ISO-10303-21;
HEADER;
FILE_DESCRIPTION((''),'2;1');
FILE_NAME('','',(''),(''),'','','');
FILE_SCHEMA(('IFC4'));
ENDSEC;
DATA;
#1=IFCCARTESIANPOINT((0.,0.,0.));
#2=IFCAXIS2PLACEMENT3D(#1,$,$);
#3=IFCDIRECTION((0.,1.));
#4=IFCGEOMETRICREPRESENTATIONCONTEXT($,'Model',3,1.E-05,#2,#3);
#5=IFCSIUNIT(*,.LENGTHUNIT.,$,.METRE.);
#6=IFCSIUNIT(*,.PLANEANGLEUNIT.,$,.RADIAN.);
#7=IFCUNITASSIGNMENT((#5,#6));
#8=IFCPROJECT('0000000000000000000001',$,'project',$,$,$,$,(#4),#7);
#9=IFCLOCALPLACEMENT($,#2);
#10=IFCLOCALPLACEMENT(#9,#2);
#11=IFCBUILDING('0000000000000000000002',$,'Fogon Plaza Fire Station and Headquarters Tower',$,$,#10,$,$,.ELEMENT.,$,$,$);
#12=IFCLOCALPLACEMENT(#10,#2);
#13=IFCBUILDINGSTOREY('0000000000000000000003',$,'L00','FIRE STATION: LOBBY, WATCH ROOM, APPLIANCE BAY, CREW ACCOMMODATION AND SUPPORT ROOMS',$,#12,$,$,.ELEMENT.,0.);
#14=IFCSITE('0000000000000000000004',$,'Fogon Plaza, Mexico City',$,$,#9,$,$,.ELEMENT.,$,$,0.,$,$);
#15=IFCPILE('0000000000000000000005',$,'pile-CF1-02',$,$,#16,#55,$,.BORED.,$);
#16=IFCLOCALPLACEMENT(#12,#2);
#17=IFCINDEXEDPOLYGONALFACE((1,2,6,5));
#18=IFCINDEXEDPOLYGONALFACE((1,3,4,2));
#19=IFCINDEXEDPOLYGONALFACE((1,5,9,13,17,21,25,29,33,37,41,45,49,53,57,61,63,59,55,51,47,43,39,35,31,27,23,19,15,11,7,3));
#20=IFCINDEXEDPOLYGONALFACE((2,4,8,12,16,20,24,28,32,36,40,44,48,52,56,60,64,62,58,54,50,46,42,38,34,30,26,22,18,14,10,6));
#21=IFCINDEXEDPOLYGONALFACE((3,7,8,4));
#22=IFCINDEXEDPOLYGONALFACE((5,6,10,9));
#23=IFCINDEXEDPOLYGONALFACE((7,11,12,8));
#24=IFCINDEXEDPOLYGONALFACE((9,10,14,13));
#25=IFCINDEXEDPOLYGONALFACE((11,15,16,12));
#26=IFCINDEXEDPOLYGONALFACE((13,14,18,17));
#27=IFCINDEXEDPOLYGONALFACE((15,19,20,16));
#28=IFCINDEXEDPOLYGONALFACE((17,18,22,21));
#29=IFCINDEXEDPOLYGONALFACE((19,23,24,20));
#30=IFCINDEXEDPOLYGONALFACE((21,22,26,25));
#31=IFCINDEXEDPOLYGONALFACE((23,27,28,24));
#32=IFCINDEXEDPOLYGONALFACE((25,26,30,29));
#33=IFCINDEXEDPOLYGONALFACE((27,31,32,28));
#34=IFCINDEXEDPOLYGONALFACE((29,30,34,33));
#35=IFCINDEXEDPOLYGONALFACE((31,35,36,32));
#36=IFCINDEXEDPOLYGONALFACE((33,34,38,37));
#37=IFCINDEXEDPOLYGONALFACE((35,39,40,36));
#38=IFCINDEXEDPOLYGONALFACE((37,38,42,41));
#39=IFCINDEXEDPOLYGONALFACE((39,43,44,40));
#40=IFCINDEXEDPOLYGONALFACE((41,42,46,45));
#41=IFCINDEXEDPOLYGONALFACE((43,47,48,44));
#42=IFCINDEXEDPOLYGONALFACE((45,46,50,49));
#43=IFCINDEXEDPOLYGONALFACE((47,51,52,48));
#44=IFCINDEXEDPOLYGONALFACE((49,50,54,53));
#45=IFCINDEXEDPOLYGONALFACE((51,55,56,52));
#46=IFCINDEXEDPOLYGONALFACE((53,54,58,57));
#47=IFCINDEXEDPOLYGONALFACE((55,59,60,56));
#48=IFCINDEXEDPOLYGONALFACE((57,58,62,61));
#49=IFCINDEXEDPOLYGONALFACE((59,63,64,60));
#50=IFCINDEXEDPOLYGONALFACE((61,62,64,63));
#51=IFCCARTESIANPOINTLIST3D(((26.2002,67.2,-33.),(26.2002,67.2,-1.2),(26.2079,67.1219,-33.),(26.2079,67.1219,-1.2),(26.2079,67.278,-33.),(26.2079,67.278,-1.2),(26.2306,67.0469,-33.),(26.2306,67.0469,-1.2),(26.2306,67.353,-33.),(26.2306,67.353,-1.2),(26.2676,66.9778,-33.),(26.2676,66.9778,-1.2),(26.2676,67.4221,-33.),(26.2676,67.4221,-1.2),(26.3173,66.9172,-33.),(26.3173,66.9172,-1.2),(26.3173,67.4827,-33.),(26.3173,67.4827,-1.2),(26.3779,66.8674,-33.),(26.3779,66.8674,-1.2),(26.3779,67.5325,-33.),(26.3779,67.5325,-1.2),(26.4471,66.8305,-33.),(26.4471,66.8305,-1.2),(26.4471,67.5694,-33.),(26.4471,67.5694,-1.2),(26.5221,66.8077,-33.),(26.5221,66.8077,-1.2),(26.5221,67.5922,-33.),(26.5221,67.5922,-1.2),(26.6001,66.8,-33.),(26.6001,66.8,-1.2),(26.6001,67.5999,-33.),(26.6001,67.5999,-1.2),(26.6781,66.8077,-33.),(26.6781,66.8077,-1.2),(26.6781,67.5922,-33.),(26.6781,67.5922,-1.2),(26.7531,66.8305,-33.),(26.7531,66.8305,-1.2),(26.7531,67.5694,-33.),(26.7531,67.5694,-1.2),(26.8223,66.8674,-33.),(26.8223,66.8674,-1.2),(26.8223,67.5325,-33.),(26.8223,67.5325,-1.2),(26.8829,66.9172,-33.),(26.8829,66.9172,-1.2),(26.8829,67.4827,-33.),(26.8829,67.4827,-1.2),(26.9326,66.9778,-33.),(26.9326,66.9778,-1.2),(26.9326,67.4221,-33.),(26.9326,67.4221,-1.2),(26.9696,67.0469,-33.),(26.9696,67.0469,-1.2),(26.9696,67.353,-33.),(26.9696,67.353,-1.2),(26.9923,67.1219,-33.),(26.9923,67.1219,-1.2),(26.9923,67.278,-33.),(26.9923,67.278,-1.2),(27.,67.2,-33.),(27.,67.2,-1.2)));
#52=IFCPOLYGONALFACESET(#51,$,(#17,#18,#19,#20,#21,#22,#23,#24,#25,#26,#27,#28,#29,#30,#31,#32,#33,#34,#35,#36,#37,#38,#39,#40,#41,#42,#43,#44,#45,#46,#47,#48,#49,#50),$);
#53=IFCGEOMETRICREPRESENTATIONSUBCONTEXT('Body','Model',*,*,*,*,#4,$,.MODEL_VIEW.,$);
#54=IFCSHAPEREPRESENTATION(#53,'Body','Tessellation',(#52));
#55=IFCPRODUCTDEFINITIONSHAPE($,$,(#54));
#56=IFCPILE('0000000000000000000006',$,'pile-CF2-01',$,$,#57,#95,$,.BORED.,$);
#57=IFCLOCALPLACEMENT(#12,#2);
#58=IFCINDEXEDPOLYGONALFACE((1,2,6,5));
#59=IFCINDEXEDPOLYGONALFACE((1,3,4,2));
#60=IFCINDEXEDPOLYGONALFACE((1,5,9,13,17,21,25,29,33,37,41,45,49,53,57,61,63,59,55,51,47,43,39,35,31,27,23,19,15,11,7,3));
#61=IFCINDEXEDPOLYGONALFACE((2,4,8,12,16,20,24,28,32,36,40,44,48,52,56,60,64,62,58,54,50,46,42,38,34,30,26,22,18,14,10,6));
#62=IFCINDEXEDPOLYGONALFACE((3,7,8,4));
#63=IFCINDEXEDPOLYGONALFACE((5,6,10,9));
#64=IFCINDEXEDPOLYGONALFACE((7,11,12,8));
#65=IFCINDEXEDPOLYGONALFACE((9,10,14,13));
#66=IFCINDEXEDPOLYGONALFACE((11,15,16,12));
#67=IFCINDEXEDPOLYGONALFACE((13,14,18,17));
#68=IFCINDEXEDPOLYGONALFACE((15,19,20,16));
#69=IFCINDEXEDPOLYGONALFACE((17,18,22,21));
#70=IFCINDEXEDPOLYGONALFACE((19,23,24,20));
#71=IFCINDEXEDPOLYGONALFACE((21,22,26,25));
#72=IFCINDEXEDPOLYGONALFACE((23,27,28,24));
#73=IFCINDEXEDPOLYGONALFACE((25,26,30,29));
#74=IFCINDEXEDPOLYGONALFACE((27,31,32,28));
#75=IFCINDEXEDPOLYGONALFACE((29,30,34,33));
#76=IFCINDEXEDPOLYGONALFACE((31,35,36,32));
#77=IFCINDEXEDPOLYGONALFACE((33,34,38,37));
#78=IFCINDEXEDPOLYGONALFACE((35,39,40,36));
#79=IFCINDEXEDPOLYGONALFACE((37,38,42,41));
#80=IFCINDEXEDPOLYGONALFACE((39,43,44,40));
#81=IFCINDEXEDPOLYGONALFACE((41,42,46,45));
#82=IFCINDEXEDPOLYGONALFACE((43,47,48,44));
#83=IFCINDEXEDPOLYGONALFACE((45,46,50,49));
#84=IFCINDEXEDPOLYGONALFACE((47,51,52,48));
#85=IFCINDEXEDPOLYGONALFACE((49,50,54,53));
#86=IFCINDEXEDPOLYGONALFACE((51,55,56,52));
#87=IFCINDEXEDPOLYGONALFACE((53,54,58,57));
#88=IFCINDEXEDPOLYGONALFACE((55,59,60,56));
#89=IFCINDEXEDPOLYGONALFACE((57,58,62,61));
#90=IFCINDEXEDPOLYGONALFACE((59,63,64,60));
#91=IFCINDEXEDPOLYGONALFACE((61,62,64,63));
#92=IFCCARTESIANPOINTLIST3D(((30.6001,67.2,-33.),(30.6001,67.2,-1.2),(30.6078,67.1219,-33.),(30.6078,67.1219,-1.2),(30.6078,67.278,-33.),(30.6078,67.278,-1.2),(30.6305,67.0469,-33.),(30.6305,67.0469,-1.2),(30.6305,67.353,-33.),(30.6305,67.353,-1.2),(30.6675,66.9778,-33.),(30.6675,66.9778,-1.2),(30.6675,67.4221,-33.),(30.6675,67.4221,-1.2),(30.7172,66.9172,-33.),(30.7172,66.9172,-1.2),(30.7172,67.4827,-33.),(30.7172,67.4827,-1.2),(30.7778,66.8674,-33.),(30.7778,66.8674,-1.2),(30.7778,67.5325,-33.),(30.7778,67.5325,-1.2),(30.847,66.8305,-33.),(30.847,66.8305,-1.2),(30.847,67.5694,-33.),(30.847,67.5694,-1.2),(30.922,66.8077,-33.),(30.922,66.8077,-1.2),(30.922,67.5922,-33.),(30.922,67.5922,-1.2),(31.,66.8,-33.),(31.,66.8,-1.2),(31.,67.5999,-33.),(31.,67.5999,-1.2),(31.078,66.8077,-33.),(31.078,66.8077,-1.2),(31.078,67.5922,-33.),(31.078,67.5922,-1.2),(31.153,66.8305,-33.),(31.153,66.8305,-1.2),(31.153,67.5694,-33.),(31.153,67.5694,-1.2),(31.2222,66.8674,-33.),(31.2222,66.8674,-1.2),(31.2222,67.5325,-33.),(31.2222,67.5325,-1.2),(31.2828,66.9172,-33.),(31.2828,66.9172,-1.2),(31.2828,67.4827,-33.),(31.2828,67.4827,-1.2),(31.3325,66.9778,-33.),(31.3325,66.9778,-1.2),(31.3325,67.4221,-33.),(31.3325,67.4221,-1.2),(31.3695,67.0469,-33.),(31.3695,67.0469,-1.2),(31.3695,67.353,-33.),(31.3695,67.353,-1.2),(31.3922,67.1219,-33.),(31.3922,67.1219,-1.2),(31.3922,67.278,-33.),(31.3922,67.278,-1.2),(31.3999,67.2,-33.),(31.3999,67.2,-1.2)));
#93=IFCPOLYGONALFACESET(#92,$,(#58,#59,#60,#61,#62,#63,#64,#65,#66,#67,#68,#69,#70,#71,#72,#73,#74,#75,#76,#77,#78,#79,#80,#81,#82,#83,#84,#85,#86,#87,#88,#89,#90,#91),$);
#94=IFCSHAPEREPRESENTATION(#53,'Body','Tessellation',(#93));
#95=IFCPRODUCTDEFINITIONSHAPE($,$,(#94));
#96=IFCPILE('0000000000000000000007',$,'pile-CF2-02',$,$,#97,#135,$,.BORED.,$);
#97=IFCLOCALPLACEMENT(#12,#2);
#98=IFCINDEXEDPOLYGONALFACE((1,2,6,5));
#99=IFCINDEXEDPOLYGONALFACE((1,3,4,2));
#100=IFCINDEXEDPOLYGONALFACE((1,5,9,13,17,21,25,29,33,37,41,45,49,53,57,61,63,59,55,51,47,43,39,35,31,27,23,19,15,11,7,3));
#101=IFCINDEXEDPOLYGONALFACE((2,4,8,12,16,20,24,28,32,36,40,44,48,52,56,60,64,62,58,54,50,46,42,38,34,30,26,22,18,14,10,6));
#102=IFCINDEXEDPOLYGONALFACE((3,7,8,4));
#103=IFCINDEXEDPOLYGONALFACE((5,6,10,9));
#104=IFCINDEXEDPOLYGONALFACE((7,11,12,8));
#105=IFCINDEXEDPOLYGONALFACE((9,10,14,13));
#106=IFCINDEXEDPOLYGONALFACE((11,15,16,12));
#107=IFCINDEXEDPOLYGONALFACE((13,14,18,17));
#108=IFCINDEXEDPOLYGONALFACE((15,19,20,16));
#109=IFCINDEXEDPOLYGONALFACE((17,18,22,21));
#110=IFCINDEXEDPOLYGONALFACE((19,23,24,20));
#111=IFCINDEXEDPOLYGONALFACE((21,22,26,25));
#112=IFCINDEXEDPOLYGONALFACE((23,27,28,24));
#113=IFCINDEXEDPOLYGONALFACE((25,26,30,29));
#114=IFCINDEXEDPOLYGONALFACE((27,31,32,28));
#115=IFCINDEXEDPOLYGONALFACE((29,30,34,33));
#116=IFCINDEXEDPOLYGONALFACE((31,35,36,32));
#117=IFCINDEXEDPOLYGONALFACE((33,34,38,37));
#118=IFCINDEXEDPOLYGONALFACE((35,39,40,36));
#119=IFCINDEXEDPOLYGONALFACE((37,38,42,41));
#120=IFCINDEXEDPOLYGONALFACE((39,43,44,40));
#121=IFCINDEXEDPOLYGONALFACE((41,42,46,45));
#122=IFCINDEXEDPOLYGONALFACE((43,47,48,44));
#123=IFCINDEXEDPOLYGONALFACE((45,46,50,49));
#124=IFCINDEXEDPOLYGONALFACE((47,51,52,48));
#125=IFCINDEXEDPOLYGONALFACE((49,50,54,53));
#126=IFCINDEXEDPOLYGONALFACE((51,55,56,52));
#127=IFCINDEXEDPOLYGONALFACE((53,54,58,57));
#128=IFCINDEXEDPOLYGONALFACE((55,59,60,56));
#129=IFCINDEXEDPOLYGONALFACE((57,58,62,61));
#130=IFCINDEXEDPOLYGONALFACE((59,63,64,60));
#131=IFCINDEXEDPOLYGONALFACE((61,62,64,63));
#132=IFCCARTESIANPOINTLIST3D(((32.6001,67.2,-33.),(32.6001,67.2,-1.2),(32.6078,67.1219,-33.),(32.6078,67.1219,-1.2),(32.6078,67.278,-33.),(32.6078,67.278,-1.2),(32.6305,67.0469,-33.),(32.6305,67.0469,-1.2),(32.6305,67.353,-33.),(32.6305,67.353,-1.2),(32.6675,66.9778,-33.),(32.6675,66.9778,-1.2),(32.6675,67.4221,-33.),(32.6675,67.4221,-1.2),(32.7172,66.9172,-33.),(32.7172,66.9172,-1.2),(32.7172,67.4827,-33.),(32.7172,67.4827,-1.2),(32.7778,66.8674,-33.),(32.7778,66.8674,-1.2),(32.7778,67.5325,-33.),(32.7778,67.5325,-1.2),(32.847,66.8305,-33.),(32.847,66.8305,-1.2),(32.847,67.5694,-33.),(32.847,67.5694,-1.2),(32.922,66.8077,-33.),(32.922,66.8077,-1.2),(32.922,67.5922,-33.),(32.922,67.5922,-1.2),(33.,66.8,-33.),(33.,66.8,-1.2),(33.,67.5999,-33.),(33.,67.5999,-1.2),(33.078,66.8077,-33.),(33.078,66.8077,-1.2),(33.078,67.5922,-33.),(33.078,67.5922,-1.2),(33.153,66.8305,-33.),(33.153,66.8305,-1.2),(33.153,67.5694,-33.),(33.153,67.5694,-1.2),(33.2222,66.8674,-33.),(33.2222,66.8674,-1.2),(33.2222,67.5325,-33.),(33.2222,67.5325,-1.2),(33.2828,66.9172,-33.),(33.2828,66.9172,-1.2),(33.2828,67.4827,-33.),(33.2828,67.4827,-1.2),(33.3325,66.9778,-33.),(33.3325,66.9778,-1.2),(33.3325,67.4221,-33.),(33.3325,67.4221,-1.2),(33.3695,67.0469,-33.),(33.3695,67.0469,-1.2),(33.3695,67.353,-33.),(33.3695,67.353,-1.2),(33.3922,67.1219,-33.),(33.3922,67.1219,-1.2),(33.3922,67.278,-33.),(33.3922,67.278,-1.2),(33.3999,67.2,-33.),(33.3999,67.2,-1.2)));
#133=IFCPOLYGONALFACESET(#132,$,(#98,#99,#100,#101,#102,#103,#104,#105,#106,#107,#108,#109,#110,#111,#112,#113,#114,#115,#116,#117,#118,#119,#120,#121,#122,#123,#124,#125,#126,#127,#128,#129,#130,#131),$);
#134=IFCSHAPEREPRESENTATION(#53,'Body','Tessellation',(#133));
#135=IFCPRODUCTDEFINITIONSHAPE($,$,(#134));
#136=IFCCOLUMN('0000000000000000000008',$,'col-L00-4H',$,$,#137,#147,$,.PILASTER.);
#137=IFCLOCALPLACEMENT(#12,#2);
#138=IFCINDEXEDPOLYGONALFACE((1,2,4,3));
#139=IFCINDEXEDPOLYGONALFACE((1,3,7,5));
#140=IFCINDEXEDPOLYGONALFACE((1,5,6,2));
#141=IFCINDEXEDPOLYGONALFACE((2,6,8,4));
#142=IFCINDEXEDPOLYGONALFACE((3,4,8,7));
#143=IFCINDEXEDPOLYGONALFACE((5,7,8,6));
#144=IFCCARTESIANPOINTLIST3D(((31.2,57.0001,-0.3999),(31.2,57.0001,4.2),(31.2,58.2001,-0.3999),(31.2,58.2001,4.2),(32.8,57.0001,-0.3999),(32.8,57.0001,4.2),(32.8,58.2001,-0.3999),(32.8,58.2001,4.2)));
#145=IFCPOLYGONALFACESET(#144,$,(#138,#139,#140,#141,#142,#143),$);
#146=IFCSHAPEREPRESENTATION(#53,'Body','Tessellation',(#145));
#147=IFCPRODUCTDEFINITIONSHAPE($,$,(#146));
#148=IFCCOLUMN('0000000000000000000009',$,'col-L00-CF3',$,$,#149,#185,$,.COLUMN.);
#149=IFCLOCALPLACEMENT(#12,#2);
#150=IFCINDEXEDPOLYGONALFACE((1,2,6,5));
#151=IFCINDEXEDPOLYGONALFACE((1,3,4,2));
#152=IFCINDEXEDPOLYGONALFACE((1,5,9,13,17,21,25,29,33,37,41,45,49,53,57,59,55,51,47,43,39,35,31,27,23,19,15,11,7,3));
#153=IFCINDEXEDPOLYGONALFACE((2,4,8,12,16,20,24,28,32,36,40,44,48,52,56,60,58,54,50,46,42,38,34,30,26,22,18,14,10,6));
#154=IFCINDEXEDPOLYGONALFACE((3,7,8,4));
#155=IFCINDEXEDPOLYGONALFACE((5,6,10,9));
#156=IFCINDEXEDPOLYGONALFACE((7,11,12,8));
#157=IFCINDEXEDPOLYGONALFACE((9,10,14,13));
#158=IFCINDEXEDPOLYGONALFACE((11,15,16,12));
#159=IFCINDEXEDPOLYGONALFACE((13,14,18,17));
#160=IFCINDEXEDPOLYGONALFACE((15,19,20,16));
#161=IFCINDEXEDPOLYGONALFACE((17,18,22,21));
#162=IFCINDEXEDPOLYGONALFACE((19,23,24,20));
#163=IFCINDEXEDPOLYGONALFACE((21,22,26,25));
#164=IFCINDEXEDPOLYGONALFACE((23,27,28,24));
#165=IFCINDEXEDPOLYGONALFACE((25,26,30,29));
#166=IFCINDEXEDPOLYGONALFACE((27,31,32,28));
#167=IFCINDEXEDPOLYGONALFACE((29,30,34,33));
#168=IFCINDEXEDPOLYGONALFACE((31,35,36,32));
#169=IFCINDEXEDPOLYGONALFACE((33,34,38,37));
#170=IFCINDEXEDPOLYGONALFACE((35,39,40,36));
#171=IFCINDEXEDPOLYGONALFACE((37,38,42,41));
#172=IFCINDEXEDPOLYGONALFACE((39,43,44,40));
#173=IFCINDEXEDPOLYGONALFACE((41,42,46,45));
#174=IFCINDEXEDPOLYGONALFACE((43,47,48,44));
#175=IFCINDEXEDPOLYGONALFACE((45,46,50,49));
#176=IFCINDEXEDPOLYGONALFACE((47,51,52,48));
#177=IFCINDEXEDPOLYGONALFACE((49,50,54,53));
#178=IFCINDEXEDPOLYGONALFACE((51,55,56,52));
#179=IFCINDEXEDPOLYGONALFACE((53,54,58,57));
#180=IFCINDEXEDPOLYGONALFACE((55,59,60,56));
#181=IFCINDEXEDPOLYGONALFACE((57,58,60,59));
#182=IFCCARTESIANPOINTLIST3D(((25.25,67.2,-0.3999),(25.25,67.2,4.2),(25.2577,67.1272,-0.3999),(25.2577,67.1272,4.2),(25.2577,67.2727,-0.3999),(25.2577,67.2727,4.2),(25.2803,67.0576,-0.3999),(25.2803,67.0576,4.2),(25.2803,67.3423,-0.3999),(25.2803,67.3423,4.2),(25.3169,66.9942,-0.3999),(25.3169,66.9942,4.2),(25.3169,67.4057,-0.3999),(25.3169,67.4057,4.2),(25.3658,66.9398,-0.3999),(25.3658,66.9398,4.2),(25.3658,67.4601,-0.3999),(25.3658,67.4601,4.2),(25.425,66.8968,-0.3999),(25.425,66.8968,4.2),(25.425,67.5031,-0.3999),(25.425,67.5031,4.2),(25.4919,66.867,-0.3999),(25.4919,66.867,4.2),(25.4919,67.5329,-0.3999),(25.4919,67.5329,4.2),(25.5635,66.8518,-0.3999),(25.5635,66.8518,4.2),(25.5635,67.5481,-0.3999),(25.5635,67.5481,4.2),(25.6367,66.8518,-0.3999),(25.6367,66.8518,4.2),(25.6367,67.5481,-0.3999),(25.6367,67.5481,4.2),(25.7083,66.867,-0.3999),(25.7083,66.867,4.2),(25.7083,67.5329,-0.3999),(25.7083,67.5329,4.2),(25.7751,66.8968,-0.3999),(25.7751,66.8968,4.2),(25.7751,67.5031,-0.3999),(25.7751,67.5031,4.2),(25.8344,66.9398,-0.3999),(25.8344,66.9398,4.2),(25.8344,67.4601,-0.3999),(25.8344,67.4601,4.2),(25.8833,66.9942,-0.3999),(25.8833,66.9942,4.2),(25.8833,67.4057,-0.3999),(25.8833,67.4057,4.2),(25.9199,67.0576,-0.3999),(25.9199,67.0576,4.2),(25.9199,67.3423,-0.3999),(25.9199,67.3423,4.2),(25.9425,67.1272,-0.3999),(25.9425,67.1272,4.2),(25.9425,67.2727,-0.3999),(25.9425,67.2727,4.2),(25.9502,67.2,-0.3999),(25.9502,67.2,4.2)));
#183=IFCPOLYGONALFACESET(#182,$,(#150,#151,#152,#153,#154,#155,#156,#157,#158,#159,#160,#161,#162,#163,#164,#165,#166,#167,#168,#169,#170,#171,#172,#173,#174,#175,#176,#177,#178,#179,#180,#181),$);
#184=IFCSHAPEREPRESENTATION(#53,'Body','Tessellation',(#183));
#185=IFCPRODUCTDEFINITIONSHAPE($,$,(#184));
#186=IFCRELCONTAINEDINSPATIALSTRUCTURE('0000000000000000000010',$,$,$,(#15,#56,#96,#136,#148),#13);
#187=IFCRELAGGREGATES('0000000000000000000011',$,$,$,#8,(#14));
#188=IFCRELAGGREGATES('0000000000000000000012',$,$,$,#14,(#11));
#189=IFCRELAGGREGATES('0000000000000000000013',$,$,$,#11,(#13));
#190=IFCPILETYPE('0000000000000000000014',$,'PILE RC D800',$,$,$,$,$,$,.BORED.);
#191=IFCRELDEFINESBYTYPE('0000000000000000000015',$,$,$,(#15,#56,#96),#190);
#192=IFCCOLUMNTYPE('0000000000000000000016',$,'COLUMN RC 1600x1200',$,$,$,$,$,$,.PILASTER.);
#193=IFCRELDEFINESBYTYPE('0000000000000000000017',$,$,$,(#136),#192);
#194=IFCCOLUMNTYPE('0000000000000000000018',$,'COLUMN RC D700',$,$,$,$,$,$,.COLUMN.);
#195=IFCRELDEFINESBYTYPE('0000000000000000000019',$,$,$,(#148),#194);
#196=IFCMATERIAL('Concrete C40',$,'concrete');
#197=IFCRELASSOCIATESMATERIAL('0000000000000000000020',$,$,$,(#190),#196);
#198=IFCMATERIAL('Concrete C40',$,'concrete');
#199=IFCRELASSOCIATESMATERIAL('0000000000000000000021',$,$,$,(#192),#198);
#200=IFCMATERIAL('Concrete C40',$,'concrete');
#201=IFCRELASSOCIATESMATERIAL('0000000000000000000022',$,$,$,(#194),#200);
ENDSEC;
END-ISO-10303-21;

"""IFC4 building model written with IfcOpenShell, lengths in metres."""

from ifc_helpers import new_model, si_unit, direction, frame, origin, origin_2d, place, context, subcontext, project, spatial, rectangle, circle, extrude, material, material_profile, profile_set, type_object, element, save


model = new_model("IFC4")

# Units and contexts
model_context = context("Model", 3, precision=1e-05, world=origin(), true_north=direction((0.0, 1.0)))
body_context = subcontext(model_context, "Body", "Model", "MODEL_VIEW")
ifc_project = project(units=[si_unit("LENGTHUNIT", "METRE"), si_unit("PLANEANGLEUNIT", "RADIAN")], contexts=[model_context])

# Site, building, storey
site_placement = place(None, origin())
site = spatial("IfcSite", under=ifc_project, at=site_placement, Name="Fogon Plaza, Mexico City", CompositionType="ELEMENT", RefElevation=0.0)
building_placement = place(site_placement, origin())
building = spatial("IfcBuilding", under=site, at=building_placement, Name="Fogon Plaza Fire Station and Headquarters Tower", CompositionType="ELEMENT")
storey_placement = place(building_placement, origin())
storey = spatial("IfcBuildingStorey", under=building, at=storey_placement, Name="L00", Description="FIRE STATION: LOBBY, WATCH ROOM, APPLIANCE BAY, CREW ACCOMMODATION AND SUPPORT ROOMS", CompositionType="ELEMENT", Elevation=0.0)

# Piles
ifc_material_1 = material(Name="Concrete C40", Category="concrete")
ifc_material_profile_1 = material_profile(ifc_material_1, circle(Radius=0.3999, at=origin_2d()), Name="RC D800")
ifc_profile_set_1 = profile_set([ifc_material_profile_1], Name="Concrete C40")
pile_type_1 = type_object("IfcPileType", Name="PILE RC D800", PredefinedType="BORED", material=ifc_profile_set_1)
for number, where, z_axis, x_axis, name in (
    (1, (26.6001, 67.2, -1.2), (0.0, 0.0, -1.0), (1.0, 0.0, 0.0), "pile-CF1-02"),
    (2, (31.0, 67.2, -1.2), (0.0, 0.0, -1.0), (1.0, 0.0, 0.0), "pile-CF2-01"),
    (3, (33.0, 67.2, -1.2), (0.0, 0.0, -1.0), (1.0, 0.0, 0.0), "pile-CF2-02"),
):
    element("IfcPile", number, at=place(storey_placement, frame(where, z_axis=z_axis, x_axis=x_axis)), inside=storey, type_object=pile_type_1, Name=name, PredefinedType="BORED", context=body_context, shape_type="SweptSolid", body=[
        extrude(circle(Radius=0.3999, at=origin_2d()), origin(), (0.0, 0.0, 1.0), 31.8),
    ])

# Columns
ifc_material_2 = material(Name="Concrete C40", Category="concrete")
ifc_material_profile_2 = material_profile(ifc_material_2, rectangle(XDim=1.6001, YDim=1.2, at=origin_2d()), Name="RC 1600x1200")
ifc_profile_set_2 = profile_set([ifc_material_profile_2], Name="Concrete C40")
column_type_1 = type_object("IfcColumnType", Name="COLUMN RC 1600x1200", PredefinedType="PILASTER", material=ifc_profile_set_2)
column_placement = place(storey_placement, frame((32.0, 57.6001, -0.3999), z_axis=(0.0, 0.0, 1.0), x_axis=(1.0, 0.0, 0.0)))
element("IfcColumn", 4, at=column_placement, inside=storey, type_object=column_type_1, Name="col-L00-4H", PredefinedType="PILASTER", context=body_context, shape_type="SweptSolid", body=[
    extrude(rectangle(XDim=1.6001, YDim=1.2, at=origin_2d()), origin(), (0.0, 0.0, 1.0), 4.5999),
])
ifc_material_3 = material(Name="Concrete C40", Category="concrete")
ifc_material_profile_3 = material_profile(ifc_material_3, circle(Radius=0.3501, at=origin_2d()), Name="RC D700")
ifc_profile_set_3 = profile_set([ifc_material_profile_3], Name="Concrete C40")
column_type_2 = type_object("IfcColumnType", Name="COLUMN RC D700", PredefinedType="COLUMN", material=ifc_profile_set_3)
for number, where, z_axis, x_axis, name in (
    (5, (25.6001, 67.2, -0.3999), (0.0, 0.0, 1.0), (1.0, 0.0, 0.0), "col-L00-CF3"),
):
    element("IfcColumn", number, at=place(storey_placement, frame(where, z_axis=z_axis, x_axis=x_axis)), inside=storey, type_object=column_type_2, Name=name, PredefinedType="COLUMN", context=body_context, shape_type="SweptSolid", body=[
        extrude(circle(Radius=0.3501, at=origin_2d()), origin(), (0.0, 0.0, 1.0), 4.5999),
    ])

save(model, "model.ifc")
